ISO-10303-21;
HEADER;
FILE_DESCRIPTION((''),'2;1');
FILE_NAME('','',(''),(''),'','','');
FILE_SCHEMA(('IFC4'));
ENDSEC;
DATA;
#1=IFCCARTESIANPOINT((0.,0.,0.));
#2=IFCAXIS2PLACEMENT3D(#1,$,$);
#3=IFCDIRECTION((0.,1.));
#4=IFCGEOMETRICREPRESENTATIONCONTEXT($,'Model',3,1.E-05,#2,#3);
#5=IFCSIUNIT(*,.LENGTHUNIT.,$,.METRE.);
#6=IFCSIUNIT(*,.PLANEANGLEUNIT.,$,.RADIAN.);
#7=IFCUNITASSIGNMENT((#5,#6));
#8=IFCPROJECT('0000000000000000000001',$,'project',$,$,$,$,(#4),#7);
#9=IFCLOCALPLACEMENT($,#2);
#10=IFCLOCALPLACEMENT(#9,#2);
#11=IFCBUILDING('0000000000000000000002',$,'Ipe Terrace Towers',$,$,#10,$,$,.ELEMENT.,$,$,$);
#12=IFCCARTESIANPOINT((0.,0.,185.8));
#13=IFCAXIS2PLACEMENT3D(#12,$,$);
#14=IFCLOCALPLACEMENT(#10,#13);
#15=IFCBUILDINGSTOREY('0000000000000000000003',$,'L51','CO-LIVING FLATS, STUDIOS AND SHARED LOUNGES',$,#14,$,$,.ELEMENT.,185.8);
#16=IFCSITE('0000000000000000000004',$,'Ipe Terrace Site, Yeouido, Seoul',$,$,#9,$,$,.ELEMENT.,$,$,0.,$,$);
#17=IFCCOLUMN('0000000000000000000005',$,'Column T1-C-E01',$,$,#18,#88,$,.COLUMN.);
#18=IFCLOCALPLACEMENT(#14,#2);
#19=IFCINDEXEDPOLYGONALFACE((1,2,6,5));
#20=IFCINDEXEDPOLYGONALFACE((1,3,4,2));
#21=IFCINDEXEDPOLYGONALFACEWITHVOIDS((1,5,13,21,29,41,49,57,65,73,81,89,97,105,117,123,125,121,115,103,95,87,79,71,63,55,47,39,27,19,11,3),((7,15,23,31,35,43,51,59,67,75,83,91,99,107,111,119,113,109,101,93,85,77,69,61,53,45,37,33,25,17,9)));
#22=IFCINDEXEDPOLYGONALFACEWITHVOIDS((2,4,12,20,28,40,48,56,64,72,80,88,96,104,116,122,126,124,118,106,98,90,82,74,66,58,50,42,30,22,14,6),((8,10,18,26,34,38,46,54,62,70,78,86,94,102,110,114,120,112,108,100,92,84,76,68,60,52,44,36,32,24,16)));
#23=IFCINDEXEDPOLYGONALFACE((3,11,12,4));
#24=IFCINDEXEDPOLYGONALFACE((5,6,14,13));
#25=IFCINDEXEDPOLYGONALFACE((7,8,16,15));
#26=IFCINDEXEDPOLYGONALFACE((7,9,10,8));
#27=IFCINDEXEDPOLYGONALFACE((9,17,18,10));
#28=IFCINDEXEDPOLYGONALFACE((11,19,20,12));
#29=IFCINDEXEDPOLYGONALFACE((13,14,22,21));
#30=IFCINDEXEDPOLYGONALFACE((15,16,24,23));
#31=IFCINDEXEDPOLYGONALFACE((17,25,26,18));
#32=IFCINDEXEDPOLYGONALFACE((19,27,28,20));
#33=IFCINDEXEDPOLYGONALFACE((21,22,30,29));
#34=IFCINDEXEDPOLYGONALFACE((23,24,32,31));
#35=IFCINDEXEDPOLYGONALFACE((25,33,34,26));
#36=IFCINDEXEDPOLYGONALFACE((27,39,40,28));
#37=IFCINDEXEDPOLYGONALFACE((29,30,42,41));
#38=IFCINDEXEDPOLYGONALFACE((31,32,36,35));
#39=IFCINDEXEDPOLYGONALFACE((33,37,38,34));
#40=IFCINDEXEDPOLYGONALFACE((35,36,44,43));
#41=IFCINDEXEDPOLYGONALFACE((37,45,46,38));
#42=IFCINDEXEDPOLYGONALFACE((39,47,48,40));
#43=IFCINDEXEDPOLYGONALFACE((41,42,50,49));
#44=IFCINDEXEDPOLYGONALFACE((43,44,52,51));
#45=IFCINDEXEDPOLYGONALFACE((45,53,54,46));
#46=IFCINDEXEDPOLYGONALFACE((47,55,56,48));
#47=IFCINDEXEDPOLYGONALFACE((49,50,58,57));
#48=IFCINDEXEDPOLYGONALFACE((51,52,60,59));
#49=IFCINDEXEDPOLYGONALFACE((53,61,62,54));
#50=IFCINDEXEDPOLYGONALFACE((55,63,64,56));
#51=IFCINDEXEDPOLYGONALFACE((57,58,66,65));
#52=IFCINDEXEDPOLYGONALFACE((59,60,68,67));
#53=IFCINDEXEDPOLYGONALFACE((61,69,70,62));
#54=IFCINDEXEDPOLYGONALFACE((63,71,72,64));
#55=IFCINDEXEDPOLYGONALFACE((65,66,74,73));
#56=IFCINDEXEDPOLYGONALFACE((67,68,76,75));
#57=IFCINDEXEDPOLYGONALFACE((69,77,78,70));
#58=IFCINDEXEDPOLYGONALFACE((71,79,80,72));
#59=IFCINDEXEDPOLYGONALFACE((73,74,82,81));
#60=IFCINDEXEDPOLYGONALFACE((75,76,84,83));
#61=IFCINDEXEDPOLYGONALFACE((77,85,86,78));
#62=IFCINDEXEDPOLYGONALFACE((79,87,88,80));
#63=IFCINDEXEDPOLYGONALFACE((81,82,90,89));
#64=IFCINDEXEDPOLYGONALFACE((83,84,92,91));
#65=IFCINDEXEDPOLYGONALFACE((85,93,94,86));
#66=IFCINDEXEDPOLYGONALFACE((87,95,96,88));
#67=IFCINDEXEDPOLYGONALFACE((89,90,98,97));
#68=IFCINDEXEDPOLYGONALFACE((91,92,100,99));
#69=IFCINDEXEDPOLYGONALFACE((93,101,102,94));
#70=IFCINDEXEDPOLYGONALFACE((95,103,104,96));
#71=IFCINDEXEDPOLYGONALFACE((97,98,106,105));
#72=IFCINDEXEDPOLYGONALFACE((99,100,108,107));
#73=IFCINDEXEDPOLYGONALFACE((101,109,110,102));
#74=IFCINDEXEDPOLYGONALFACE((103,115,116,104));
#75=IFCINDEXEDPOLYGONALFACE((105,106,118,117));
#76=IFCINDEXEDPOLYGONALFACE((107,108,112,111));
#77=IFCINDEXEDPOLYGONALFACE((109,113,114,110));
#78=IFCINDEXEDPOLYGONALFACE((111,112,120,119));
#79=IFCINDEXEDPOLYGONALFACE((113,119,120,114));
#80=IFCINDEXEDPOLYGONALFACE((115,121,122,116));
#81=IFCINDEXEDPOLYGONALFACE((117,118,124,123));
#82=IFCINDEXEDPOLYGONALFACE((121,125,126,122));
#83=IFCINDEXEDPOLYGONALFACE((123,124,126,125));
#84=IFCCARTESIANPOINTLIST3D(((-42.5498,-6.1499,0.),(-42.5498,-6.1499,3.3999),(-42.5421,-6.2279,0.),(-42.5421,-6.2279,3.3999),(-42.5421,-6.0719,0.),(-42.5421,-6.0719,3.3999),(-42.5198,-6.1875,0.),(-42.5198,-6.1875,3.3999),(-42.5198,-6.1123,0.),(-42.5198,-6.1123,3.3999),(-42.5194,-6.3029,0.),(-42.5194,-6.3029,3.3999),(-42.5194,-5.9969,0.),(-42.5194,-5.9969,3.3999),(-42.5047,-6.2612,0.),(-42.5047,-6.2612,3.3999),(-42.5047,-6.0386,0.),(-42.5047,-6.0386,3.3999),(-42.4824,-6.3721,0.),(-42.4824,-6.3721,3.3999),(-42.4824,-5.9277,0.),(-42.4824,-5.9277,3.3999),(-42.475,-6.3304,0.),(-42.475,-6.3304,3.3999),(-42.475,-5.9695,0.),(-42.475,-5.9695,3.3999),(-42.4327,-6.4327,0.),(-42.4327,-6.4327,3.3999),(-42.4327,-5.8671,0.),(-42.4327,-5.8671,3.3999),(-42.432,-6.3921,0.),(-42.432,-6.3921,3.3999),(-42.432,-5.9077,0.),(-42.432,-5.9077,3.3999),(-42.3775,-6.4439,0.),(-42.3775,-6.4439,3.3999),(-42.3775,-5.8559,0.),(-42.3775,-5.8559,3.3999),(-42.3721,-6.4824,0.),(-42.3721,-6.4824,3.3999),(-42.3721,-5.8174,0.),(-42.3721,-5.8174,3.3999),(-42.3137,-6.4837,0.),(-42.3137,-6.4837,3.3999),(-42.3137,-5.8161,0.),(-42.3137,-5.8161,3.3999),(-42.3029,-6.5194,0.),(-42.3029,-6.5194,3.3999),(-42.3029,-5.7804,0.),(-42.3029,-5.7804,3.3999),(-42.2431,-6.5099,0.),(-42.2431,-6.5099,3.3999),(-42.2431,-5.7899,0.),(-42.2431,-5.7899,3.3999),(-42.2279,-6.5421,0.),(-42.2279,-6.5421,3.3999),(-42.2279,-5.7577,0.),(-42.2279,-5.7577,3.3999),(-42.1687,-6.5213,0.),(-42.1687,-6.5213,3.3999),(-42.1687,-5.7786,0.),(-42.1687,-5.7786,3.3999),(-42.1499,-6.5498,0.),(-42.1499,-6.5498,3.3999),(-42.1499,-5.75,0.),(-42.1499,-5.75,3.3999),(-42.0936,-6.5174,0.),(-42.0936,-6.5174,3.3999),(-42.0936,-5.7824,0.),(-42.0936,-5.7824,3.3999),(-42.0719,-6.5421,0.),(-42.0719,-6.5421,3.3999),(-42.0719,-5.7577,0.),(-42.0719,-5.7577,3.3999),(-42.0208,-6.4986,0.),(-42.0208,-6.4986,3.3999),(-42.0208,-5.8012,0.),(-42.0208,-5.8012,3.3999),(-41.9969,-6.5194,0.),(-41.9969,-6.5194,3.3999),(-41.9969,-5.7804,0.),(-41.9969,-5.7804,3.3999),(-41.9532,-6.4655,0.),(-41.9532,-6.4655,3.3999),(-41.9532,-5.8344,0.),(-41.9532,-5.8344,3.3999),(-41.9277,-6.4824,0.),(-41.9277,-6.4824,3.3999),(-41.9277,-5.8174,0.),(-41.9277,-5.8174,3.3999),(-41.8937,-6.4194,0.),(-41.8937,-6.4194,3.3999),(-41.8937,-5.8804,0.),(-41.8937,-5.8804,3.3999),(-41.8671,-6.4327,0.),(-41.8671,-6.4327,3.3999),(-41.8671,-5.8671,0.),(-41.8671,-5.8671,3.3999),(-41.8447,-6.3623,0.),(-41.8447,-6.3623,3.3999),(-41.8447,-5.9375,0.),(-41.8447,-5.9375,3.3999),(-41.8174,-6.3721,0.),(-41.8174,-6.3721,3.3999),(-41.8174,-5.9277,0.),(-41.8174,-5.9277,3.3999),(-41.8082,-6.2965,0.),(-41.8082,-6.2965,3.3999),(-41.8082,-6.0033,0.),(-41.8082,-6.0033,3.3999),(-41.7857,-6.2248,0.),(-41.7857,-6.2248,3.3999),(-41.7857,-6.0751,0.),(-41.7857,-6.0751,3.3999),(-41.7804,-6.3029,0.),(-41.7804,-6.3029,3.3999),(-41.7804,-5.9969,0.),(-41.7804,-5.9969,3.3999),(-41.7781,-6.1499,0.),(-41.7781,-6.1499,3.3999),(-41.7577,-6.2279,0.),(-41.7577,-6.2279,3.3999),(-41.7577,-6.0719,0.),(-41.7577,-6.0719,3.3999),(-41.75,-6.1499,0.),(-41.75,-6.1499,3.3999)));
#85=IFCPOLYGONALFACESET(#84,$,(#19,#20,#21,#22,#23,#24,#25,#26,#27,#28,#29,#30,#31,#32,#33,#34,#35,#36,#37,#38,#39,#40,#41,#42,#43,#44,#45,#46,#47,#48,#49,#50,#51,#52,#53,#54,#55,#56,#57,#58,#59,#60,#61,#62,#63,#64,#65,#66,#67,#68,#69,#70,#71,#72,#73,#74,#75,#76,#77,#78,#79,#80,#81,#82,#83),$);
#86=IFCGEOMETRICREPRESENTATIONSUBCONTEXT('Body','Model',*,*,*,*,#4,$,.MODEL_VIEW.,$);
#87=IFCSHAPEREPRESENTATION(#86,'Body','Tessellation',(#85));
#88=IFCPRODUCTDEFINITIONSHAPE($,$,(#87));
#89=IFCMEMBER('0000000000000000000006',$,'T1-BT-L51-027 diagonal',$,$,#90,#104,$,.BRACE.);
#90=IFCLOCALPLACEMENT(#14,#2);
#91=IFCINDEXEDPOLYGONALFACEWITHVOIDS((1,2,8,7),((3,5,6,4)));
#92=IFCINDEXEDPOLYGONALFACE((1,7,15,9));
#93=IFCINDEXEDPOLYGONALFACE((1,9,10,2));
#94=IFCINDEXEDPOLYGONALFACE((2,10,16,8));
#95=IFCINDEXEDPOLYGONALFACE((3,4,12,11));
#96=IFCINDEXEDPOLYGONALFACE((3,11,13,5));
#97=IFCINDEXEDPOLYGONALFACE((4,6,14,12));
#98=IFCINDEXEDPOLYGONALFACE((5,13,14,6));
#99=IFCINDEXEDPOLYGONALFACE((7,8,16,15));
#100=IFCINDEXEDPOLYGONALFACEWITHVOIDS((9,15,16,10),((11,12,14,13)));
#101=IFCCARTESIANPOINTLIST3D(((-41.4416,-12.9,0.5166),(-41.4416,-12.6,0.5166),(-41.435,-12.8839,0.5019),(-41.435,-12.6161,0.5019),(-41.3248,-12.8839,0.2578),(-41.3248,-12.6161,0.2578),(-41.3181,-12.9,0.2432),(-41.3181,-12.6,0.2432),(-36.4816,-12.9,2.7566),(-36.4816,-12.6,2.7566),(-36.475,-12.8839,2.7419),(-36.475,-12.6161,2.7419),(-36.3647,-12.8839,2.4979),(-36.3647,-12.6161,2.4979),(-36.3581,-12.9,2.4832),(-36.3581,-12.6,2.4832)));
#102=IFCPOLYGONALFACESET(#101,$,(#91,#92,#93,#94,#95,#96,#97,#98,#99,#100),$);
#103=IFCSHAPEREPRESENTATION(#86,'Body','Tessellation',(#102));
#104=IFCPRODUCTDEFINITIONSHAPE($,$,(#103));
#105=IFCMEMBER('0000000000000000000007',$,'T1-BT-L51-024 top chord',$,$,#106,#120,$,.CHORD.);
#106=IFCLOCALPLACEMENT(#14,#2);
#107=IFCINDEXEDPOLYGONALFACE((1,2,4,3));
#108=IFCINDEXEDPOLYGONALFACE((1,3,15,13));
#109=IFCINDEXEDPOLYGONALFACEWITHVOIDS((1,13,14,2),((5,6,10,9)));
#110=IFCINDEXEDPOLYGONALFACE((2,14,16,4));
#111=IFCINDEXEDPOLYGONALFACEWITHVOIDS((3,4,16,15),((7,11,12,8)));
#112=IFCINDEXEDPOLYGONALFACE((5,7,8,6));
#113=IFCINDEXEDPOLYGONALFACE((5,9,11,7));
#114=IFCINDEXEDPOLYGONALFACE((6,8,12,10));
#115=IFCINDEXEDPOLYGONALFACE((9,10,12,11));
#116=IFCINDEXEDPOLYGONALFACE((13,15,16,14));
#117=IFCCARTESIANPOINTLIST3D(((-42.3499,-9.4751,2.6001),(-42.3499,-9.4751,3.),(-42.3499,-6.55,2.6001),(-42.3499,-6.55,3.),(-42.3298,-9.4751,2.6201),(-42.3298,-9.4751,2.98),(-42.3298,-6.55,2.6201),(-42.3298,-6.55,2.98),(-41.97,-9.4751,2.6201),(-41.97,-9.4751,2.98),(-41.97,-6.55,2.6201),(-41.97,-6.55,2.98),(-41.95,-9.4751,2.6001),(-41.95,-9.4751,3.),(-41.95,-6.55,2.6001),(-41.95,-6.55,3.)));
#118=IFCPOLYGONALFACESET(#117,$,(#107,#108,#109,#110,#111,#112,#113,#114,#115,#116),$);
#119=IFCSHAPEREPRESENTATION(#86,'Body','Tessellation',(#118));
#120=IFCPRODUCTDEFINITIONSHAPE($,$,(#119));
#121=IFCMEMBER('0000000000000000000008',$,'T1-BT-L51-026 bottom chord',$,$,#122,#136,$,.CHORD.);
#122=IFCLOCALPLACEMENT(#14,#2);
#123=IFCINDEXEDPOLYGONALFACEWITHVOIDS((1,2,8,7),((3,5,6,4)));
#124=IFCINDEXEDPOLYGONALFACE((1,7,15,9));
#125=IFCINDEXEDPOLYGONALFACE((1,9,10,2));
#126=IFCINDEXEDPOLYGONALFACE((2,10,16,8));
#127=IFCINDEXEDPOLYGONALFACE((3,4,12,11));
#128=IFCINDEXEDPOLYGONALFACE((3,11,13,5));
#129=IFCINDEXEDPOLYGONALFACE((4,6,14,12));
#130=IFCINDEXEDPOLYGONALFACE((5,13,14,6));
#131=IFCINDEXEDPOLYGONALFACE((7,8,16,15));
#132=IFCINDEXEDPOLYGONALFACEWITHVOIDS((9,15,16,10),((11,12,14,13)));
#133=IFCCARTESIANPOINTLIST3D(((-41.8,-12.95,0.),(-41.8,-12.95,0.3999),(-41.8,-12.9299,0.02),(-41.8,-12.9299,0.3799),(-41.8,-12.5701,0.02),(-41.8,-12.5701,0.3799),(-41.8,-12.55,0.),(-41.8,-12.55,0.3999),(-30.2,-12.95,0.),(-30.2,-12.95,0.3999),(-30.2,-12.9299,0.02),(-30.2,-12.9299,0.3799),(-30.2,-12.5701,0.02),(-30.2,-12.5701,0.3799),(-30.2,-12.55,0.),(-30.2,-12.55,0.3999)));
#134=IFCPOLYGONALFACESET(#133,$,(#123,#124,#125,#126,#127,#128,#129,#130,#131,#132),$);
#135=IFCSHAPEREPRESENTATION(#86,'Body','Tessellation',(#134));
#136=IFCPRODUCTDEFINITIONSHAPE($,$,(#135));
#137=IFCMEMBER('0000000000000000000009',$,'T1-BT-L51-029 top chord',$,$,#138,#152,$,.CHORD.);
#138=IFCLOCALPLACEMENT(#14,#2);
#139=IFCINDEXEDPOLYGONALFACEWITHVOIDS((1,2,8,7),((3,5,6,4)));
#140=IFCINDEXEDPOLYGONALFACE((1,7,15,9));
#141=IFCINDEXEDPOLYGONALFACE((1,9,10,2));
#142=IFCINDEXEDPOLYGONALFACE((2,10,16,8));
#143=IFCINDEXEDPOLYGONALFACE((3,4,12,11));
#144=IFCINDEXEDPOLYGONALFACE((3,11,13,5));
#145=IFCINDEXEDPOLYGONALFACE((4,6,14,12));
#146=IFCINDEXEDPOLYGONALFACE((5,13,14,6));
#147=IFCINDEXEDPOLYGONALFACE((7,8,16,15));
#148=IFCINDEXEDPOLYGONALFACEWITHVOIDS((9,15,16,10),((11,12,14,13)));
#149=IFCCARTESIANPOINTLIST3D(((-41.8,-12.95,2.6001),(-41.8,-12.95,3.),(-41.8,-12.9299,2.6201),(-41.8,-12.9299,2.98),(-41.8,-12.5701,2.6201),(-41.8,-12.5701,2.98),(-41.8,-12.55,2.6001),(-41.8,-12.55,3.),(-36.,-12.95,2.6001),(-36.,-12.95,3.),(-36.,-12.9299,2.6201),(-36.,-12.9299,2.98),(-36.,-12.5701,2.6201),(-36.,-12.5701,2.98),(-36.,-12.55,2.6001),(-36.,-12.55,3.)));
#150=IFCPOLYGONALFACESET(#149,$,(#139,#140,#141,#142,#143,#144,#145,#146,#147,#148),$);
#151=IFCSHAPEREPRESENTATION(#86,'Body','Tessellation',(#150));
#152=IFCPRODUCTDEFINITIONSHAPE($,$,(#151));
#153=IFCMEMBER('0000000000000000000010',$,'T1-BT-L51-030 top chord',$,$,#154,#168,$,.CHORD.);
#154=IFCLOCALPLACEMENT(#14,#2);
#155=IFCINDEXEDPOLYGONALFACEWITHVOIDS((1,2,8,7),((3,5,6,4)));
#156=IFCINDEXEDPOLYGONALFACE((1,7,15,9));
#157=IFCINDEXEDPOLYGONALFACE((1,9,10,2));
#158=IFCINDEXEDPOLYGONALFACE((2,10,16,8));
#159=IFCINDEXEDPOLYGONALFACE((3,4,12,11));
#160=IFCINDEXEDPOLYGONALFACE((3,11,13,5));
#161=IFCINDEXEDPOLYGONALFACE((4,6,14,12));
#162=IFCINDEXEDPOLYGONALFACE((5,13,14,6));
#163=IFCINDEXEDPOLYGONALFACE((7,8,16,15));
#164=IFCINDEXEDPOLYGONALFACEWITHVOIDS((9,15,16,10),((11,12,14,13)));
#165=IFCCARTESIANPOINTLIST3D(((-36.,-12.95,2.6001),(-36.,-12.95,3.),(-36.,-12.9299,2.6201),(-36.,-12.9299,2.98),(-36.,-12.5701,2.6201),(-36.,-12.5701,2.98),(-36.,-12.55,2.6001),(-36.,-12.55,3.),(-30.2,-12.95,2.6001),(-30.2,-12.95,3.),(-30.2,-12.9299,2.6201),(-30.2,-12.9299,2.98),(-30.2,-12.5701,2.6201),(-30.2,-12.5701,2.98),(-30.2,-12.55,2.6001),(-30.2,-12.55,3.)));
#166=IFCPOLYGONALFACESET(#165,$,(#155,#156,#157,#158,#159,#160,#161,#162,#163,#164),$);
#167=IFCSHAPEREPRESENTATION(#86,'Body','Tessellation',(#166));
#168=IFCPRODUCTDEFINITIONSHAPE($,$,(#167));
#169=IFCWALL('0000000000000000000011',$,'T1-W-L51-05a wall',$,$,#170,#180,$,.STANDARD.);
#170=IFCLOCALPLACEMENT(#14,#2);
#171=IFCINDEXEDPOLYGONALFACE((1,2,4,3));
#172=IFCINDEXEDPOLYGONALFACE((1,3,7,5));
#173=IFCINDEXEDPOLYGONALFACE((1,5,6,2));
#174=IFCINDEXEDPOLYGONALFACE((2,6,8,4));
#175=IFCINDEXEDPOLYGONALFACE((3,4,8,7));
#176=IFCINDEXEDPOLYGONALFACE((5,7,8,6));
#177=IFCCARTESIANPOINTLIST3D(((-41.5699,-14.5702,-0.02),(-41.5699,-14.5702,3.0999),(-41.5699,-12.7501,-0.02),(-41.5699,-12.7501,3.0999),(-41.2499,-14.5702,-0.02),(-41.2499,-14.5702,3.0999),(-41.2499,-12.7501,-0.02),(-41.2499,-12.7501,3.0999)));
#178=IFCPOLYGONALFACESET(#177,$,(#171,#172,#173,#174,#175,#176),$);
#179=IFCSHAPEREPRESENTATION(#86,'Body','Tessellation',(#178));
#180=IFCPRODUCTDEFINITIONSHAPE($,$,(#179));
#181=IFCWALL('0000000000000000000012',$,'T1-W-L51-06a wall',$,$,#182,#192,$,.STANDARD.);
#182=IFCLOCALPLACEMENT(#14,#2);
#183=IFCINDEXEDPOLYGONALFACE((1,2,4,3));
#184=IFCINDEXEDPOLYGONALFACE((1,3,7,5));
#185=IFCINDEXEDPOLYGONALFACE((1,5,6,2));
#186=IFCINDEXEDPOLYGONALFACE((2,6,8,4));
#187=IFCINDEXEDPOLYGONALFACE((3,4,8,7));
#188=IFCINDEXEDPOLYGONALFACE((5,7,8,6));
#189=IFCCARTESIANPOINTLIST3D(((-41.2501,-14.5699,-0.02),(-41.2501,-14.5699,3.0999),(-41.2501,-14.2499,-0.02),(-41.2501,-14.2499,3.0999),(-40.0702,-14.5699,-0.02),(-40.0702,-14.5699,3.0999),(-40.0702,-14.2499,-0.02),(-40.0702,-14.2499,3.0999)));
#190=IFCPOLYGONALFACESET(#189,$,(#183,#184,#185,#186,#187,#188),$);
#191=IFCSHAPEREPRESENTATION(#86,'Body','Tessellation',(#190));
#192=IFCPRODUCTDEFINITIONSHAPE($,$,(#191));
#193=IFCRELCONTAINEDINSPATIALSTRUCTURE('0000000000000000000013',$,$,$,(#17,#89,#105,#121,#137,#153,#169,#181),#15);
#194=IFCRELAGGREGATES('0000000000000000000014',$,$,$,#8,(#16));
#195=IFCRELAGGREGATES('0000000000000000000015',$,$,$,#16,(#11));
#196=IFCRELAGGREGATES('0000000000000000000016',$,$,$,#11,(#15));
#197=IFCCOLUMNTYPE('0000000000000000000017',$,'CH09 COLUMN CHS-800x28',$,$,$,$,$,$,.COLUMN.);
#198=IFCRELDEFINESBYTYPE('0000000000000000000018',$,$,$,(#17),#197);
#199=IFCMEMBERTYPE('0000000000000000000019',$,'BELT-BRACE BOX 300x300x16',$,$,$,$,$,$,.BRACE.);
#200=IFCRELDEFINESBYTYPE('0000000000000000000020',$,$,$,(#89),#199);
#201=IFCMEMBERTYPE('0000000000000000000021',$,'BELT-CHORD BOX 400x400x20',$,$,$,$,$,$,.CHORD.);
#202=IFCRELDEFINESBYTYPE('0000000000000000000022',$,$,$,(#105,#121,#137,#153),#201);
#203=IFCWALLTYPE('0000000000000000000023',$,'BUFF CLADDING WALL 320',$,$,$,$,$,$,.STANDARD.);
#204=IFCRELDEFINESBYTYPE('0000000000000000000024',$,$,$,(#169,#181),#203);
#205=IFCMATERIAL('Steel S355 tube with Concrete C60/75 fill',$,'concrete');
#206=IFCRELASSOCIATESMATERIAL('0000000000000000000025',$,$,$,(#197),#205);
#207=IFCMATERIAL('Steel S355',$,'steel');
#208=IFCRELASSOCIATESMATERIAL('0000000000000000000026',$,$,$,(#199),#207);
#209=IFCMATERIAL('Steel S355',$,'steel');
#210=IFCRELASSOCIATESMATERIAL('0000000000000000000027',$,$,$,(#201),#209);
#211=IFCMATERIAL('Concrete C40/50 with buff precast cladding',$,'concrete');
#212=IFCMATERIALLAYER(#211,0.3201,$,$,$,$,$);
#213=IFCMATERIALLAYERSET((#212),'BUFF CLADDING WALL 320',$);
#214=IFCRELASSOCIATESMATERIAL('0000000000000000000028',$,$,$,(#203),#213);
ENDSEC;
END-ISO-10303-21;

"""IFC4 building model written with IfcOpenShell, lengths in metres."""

from ifc_helpers import new_model, si_unit, direction, frame, frame_2d, origin, origin_2d, place, context, subcontext, project, spatial, rectangle, hollow_rectangle, hollow_circle, extrude, material, layer, layer_set, material_profile, profile_set, type_object, element, save


model = new_model("IFC4")

# Units and contexts
model_context = context("Model", 3, precision=1e-05, world=origin(), true_north=direction((0.0, 1.0)))
body_context = subcontext(model_context, "Body", "Model", "MODEL_VIEW")
ifc_project = project(units=[si_unit("LENGTHUNIT", "METRE"), si_unit("PLANEANGLEUNIT", "RADIAN")], contexts=[model_context])

# Site, building, storey
site_placement = place(None, origin())
site = spatial("IfcSite", under=ifc_project, at=site_placement, Name="Ipe Terrace Site, Yeouido, Seoul", CompositionType="ELEMENT", RefElevation=0.0)
building_placement = place(site_placement, origin())
building = spatial("IfcBuilding", under=site, at=building_placement, Name="Ipe Terrace Towers", CompositionType="ELEMENT")
storey_placement = place(building_placement, frame((0.0, 0.0, 185.8)))
storey = spatial("IfcBuildingStorey", under=building, at=storey_placement, Name="L51", Description="CO-LIVING FLATS, STUDIOS AND SHARED LOUNGES", CompositionType="ELEMENT", Elevation=185.8)

# Column
ifc_material_1 = material(Name="Steel S355 tube with Concrete C60/75 fill", Category="concrete")
ifc_material_profile_1 = material_profile(ifc_material_1, hollow_circle(Radius=0.3999, WallThickness=0.0281, at=origin_2d()), Name="CHS-800x28")
ifc_profile_set_1 = profile_set([ifc_material_profile_1], Name="Steel S355 tube with Concrete C60/75 fill")
column_type = type_object("IfcColumnType", Name="CH09 COLUMN CHS-800x28", PredefinedType="COLUMN", material=ifc_profile_set_1)
column_placement = place(storey_placement, frame((-42.1499, -6.1499, 0.0), z_axis=(0.0, 0.0, 1.0), x_axis=(1.0, 0.0, 0.0)))
element("IfcColumn", 1, at=column_placement, inside=storey, type_object=column_type, Name="Column T1-C-E01", PredefinedType="COLUMN", context=body_context, shape_type="SweptSolid", body=[
    extrude(hollow_circle(Radius=0.3999, WallThickness=0.0281, at=origin_2d()), origin(), (0.0, 0.0, 1.0), 3.3999),
])

# Members
ifc_material_2 = material(Name="Steel S355", Category="steel")
ifc_material_profile_2 = material_profile(ifc_material_2, hollow_rectangle(XDim=0.3, YDim=0.3, WallThickness=0.0161, at=origin_2d()), Name="BELT-BRACE BOX 300x300x16")
ifc_profile_set_2 = profile_set([ifc_material_profile_2], Name="Steel S355")
member_type_1 = type_object("IfcMemberType", Name="BELT-BRACE BOX 300x300x16", PredefinedType="BRACE", material=ifc_profile_set_2)
member_1_placement = place(storey_placement, frame((-41.3799, -12.75, 0.3799), z_axis=(0.91137, 0.0, 0.411588), x_axis=(0.0, 1.0, 0.0)))
element("IfcMember", 2, at=member_1_placement, inside=storey, type_object=member_type_1, Name="T1-BT-L51-027 diagonal", PredefinedType="BRACE", context=body_context, shape_type="SweptSolid", body=[
    extrude(hollow_rectangle(XDim=0.3, YDim=0.3, WallThickness=0.0161, at=origin_2d()), origin(), (0.0, 0.0, 1.0), 5.4424),
])
ifc_material_3 = material(Name="Steel S355", Category="steel")
ifc_material_profile_3 = material_profile(ifc_material_3, hollow_rectangle(XDim=0.3999, YDim=0.3999, WallThickness=0.02, at=origin_2d()), Name="BELT-CHORD BOX 400x400x20")
ifc_profile_set_3 = profile_set([ifc_material_profile_3], Name="Steel S355")
member_type_2 = type_object("IfcMemberType", Name="BELT-CHORD BOX 400x400x20", PredefinedType="CHORD", material=ifc_profile_set_3)
member_2_placement = place(storey_placement, frame((-42.1499, -6.55, 2.8), z_axis=(0.0, -1.0, 0.0), x_axis=(1.0, 0.0, 0.0)))
element("IfcMember", 3, at=member_2_placement, inside=storey, type_object=member_type_2, Name="T1-BT-L51-024 top chord", PredefinedType="CHORD", context=body_context, shape_type="SweptSolid", body=[
    extrude(hollow_rectangle(XDim=0.3999, YDim=0.3999, WallThickness=0.02, at=origin_2d()), origin(), (0.0, 0.0, 1.0), 2.925),
])
member_3_placement = place(storey_placement, frame((-41.8, -12.75, 0.2), z_axis=(1.0, 0.0, 0.0), x_axis=(0.0, 1.0, 0.0)))
element("IfcMember", 4, at=member_3_placement, inside=storey, type_object=member_type_2, Name="T1-BT-L51-026 bottom chord", PredefinedType="CHORD", context=body_context, shape_type="SweptSolid", body=[
    extrude(hollow_rectangle(XDim=0.3999, YDim=0.3999, WallThickness=0.02, at=origin_2d()), origin(), (0.0, 0.0, 1.0), 11.6001),
])
for number, where, z_axis, x_axis, name in (
    (5, (-41.8, -12.75, 2.8), (1.0, 0.0, 0.0), (0.0, 1.0, 0.0), "T1-BT-L51-029 top chord"),
    (6, (-36.0, -12.75, 2.8), (1.0, 0.0, 0.0), (0.0, 1.0, 0.0), "T1-BT-L51-030 top chord"),
):
    element("IfcMember", number, at=place(storey_placement, frame(where, z_axis=z_axis, x_axis=x_axis)), inside=storey, type_object=member_type_2, Name=name, PredefinedType="CHORD", context=body_context, shape_type="SweptSolid", body=[
        extrude(hollow_rectangle(XDim=0.3999, YDim=0.3999, WallThickness=0.02, at=origin_2d()), origin(), (0.0, 0.0, 1.0), 5.8),
    ])

# Walls
ifc_material_4 = material(Name="Concrete C40/50 with buff precast cladding", Category="concrete")
ifc_layer_1 = layer(ifc_material_4, 0.3201)
ifc_layer_set_1 = layer_set([ifc_layer_1], Name="BUFF CLADDING WALL 320")
wall_type_1 = type_object("IfcWallType", Name="BUFF CLADDING WALL 320", PredefinedType="STANDARD", material=ifc_layer_set_1)
wall_1_placement = place(storey_placement, frame((-41.4099, -12.75, -0.02), z_axis=(0.0, 0.0, 1.0), x_axis=(0.0, -1.0, 0.0)))
element("IfcWall", 7, at=wall_1_placement, inside=storey, type_object=wall_type_1, Name="T1-W-L51-05a wall", PredefinedType="STANDARD", context=body_context, shape_type="SweptSolid", body=[
    extrude(rectangle(XDim=1.8201, YDim=0.3201, at=frame_2d((0.9102, 0.0))), origin(), (0.0, 0.0, 1.0), 3.1199),
])
wall_2_placement = place(storey_placement, frame((-41.25, -14.4099, -0.02), z_axis=(0.0, 0.0, 1.0), x_axis=(1.0, 0.0, 0.0)))
element("IfcWall", 8, at=wall_2_placement, inside=storey, type_object=wall_type_1, Name="T1-W-L51-06a wall", PredefinedType="STANDARD", context=body_context, shape_type="SweptSolid", body=[
    extrude(rectangle(XDim=1.1799, YDim=0.3201, at=frame_2d((0.5898, 0.0))), origin(), (0.0, 0.0, 1.0), 3.1199),
])

save(model, "model.ifc")
